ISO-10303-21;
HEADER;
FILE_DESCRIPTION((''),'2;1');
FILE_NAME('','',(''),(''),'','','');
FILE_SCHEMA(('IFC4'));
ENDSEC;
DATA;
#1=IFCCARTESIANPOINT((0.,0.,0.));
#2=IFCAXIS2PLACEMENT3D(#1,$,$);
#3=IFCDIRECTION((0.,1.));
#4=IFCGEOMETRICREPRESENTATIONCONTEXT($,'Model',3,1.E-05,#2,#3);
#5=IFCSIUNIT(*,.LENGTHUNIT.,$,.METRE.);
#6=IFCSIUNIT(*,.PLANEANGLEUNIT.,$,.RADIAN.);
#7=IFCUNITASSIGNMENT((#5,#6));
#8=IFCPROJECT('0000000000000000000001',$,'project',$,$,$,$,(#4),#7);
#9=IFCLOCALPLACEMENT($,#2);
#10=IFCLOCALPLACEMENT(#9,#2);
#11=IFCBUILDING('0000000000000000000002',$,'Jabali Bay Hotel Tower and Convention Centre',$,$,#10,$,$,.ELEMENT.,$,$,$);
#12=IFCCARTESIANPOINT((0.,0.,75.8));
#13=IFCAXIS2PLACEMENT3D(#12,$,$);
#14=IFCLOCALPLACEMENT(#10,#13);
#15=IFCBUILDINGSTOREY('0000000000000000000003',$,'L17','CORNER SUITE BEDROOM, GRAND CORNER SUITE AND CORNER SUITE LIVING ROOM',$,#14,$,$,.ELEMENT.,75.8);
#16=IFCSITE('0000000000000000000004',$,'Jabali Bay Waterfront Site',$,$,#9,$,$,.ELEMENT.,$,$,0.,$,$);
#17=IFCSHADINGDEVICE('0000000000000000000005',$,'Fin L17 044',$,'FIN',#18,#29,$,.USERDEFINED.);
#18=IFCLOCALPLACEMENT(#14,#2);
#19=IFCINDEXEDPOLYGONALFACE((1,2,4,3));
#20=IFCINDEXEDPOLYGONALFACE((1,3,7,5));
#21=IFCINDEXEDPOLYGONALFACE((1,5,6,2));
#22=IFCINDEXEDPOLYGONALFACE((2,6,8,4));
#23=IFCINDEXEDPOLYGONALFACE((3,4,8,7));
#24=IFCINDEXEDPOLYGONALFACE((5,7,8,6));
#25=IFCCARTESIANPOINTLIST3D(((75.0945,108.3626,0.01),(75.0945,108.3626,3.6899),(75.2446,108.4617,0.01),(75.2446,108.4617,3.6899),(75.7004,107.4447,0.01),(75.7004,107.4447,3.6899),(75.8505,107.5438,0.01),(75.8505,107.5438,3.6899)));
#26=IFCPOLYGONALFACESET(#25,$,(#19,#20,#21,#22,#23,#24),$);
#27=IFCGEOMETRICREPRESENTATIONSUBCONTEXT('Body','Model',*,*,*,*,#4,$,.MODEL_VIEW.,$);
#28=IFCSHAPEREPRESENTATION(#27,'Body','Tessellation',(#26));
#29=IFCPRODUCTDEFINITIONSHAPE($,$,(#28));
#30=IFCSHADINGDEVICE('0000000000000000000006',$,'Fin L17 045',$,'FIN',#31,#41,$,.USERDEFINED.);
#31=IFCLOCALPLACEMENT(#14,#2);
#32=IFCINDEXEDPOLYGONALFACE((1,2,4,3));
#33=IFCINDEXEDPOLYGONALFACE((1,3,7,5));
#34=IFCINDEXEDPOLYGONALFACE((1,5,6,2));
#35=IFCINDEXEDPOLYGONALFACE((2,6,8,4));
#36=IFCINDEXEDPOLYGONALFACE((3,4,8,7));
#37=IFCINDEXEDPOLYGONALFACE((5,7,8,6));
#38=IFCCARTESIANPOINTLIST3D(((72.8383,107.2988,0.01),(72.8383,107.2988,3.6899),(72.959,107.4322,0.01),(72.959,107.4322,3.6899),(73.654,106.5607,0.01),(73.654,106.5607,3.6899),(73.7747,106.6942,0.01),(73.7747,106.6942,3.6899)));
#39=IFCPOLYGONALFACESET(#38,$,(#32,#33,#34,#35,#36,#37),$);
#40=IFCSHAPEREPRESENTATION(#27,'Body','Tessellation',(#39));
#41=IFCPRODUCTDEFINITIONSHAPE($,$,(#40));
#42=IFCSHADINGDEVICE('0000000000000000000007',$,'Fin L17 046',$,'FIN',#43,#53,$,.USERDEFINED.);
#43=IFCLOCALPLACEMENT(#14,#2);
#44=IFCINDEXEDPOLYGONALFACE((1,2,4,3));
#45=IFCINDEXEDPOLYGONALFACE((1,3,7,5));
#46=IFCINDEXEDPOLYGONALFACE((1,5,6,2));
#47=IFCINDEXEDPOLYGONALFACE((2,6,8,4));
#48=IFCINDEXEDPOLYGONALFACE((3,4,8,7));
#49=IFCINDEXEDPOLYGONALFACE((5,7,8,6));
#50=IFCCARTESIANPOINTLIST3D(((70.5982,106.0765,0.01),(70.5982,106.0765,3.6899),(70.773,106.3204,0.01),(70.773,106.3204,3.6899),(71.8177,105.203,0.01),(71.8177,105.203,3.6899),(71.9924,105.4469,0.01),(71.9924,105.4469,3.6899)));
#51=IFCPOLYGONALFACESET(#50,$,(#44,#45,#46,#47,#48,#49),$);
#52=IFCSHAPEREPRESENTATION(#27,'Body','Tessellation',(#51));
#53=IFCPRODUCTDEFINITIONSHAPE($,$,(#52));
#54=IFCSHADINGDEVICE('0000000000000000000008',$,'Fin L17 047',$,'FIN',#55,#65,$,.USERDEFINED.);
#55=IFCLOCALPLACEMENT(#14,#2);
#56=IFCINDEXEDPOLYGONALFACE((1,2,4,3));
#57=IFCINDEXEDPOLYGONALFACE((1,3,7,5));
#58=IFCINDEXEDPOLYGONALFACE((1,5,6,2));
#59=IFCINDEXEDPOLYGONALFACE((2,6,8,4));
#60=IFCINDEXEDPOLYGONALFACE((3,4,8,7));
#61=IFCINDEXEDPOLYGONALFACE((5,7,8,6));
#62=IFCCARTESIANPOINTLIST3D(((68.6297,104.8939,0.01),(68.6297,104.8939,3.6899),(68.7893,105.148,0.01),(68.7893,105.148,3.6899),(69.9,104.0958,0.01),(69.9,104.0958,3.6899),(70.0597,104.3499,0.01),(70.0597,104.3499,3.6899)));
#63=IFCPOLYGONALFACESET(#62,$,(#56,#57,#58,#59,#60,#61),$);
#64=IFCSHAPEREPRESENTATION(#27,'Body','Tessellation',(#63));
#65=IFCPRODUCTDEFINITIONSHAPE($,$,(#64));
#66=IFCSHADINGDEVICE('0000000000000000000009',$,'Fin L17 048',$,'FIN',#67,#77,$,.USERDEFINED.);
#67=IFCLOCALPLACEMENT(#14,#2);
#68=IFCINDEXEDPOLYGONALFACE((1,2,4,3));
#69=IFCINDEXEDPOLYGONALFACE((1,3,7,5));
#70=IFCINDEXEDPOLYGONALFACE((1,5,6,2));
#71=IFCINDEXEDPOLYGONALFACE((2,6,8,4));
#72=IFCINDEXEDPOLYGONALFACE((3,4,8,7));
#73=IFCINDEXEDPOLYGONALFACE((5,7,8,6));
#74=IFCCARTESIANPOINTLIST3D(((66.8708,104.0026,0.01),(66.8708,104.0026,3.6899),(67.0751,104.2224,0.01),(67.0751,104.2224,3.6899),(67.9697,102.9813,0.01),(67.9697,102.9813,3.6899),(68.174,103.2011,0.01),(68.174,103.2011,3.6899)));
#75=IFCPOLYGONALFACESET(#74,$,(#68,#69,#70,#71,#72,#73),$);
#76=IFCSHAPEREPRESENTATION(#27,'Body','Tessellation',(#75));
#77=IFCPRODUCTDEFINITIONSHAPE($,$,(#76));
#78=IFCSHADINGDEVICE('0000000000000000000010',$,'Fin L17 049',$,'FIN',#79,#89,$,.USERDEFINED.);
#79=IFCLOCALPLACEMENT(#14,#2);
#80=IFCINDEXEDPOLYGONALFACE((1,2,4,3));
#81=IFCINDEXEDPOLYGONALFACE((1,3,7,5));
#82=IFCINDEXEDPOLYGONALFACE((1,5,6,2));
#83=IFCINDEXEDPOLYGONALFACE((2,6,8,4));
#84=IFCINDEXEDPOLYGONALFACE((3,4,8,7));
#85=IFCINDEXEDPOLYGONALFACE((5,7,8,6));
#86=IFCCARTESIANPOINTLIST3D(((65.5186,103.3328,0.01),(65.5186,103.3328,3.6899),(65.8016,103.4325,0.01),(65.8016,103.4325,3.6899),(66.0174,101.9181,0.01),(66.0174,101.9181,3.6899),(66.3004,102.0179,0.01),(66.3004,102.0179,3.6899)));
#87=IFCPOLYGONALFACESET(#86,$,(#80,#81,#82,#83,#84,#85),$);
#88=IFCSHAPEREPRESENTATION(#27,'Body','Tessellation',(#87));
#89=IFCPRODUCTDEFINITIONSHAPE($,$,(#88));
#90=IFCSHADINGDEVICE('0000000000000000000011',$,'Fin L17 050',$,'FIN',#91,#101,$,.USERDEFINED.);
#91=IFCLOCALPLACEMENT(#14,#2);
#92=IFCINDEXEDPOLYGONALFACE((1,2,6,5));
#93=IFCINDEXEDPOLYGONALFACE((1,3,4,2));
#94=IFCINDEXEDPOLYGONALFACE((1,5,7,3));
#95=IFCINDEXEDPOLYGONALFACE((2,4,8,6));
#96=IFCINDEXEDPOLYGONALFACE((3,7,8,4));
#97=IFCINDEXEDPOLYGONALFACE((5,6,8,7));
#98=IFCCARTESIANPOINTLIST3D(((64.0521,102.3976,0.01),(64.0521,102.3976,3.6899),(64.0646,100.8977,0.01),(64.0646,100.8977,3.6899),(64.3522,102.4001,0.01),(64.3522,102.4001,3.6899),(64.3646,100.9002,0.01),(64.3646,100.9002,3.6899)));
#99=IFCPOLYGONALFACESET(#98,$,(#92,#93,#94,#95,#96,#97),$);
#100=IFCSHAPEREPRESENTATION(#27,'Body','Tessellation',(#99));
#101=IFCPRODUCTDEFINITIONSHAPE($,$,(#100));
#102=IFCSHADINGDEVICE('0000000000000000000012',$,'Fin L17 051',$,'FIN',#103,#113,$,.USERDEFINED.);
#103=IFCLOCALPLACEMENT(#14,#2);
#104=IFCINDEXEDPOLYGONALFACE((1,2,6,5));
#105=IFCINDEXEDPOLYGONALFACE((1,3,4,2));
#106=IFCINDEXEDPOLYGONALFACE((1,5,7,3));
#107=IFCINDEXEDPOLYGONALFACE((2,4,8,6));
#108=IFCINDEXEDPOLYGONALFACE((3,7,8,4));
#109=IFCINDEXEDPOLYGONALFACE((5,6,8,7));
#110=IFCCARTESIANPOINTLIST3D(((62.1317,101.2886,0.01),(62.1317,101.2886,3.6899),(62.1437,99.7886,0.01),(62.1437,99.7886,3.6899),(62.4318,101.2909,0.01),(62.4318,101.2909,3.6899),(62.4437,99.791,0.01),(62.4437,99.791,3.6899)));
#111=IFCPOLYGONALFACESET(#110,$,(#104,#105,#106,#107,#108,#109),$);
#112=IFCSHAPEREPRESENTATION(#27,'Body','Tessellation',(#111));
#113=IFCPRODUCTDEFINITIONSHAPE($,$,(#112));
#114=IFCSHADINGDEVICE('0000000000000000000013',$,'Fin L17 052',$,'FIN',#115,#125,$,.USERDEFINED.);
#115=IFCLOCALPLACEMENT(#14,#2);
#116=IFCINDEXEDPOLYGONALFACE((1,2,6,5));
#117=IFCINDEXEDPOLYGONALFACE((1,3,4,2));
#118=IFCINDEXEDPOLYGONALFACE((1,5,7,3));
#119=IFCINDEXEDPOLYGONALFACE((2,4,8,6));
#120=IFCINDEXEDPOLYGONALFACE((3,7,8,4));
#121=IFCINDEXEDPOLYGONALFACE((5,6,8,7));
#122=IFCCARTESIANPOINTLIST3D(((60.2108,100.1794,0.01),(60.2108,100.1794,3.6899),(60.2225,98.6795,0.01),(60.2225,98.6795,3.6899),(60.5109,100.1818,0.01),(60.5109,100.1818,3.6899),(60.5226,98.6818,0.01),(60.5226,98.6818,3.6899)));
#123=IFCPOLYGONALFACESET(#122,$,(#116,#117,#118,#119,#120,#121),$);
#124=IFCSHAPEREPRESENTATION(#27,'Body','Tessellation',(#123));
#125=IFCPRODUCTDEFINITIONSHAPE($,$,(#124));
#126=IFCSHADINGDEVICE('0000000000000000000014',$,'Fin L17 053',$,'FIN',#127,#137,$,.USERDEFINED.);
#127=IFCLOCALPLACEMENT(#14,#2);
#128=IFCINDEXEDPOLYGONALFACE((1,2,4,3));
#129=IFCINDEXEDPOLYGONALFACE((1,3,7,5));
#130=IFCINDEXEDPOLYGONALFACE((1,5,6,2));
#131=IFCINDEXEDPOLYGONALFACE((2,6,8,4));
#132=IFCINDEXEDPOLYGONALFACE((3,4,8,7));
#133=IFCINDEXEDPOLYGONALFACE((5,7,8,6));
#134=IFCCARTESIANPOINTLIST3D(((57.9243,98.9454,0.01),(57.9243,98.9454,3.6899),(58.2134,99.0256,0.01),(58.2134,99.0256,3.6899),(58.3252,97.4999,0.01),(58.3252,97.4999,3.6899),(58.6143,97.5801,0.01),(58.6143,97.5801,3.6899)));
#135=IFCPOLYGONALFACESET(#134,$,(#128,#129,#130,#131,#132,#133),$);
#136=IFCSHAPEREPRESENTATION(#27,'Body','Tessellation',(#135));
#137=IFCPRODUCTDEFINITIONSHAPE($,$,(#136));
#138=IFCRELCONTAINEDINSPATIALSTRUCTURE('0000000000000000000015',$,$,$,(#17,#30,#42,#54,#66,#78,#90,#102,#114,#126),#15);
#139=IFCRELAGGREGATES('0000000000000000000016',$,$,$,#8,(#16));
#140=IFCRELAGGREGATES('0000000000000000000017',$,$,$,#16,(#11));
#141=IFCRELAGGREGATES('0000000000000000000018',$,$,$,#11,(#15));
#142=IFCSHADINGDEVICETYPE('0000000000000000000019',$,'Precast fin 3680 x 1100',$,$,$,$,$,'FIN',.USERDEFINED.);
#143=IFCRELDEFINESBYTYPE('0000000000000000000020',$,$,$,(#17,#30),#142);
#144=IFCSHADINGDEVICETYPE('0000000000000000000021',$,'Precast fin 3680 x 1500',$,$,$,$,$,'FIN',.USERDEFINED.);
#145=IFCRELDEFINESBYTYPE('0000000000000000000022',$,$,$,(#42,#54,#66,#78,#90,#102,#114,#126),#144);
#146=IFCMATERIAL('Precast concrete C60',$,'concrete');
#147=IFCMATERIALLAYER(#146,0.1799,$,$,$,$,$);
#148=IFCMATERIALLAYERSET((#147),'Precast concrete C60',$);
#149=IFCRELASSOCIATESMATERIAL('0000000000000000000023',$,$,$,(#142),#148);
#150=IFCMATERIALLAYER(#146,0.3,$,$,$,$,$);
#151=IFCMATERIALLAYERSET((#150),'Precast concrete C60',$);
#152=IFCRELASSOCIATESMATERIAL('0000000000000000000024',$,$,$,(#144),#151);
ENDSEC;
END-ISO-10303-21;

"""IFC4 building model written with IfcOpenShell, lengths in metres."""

from ifc_helpers import new_model, si_unit, direction, frame, frame_2d, origin, place, context, subcontext, project, spatial, rectangle, extrude, material, layer, layer_set, type_object, element, save


model = new_model("IFC4")

# Units and contexts
model_context = context("Model", 3, precision=1e-05, world=origin(), true_north=direction((0.0, 1.0)))
body_context = subcontext(model_context, "Body", "Model", "MODEL_VIEW")
ifc_project = project(units=[si_unit("LENGTHUNIT", "METRE"), si_unit("PLANEANGLEUNIT", "RADIAN")], contexts=[model_context])

# Site, building, storey
site_placement = place(None, origin())
site = spatial("IfcSite", under=ifc_project, at=site_placement, Name="Jabali Bay Waterfront Site", CompositionType="ELEMENT", RefElevation=0.0)
building_placement = place(site_placement, origin())
building = spatial("IfcBuilding", under=site, at=building_placement, Name="Jabali Bay Hotel Tower and Convention Centre", CompositionType="ELEMENT")
storey_placement = place(building_placement, frame((0.0, 0.0, 75.8)))
storey = spatial("IfcBuildingStorey", under=building, at=storey_placement, Name="L17", Description="CORNER SUITE BEDROOM, GRAND CORNER SUITE AND CORNER SUITE LIVING ROOM", CompositionType="ELEMENT", Elevation=75.8)

# Shading devices
ifc_material_1 = material(Name="Precast concrete C60", Category="concrete")
ifc_layer_1 = layer(ifc_material_1, 0.1799)
ifc_layer_set_1 = layer_set([ifc_layer_1], Name="Precast concrete C60")
shading_device_type_1 = type_object("IfcShadingDeviceType", Name="Precast fin 3680 x 1100", ElementType="FIN", PredefinedType="USERDEFINED", material=ifc_layer_set_1)
for number, where, z_axis, x_axis, name in (
    (1, (75.7754, 107.4944, 0.01), (0.0, 0.0, 1.0), (-0.550904, 0.834569, 0.0), "Fin L17 044"),
):
    element("IfcShadingDevice", number, at=place(storey_placement, frame(where, z_axis=z_axis, x_axis=x_axis)), inside=storey, type_object=shading_device_type_1, Name=name, ObjectType="FIN", PredefinedType="USERDEFINED", context=body_context, shape_type="SweptSolid", body=[
        extrude(rectangle(XDim=1.0999, YDim=0.1799, at=frame_2d((0.5498, 0.0))), origin(), (0.0, 0.0, 1.0), 3.6799),
    ])
shading_device_1_placement = place(storey_placement, frame((73.7144, 106.6274, 0.01), z_axis=(0.0, 0.0, 1.0), x_axis=(-0.741515, 0.670937, 0.0)))
element("IfcShadingDevice", 2, at=shading_device_1_placement, inside=storey, type_object=shading_device_type_1, Name="Fin L17 045", ObjectType="FIN", PredefinedType="USERDEFINED", context=body_context, shape_type="SweptSolid", body=[
    extrude(rectangle(XDim=1.1001, YDim=0.1799, at=frame_2d((0.55, 0.0))), origin(), (0.0, 0.0, 1.0), 3.6799),
])
ifc_layer_2 = layer(ifc_material_1, 0.3)
ifc_layer_set_2 = layer_set([ifc_layer_2], Name="Precast concrete C60")
shading_device_type_2 = type_object("IfcShadingDeviceType", Name="Precast fin 3680 x 1500", ElementType="FIN", PredefinedType="USERDEFINED", material=ifc_layer_set_2)
shading_device_2_placement = place(storey_placement, frame((71.905, 105.325, 0.01), z_axis=(0.0, 0.0, 1.0), x_axis=(-0.812952, 0.582331, 0.0)))
element("IfcShadingDevice", 3, at=shading_device_2_placement, inside=storey, type_object=shading_device_type_2, Name="Fin L17 046", ObjectType="FIN", PredefinedType="USERDEFINED", context=body_context, shape_type="SweptSolid", body=[
    extrude(rectangle(XDim=1.5, YDim=0.3, at=frame_2d((0.75, 0.0))), origin(), (0.0, 0.0, 1.0), 3.6799),
])
for number, where, z_axis, x_axis, name in (
    (4, (69.9797, 104.2229, 0.01), (0.0, 0.0, 1.0), (-0.846743, 0.532002, 0.0), "Fin L17 047"),
    (5, (68.0718, 103.0913, 0.01), (0.0, 0.0, 1.0), (-0.732509, 0.680757, 0.0), "Fin L17 048"),
):
    element("IfcShadingDevice", number, at=place(storey_placement, frame(where, z_axis=z_axis, x_axis=x_axis)), inside=storey, type_object=shading_device_type_2, Name=name, ObjectType="FIN", PredefinedType="USERDEFINED", context=body_context, shape_type="SweptSolid", body=[
        extrude(rectangle(XDim=1.5002, YDim=0.3, at=frame_2d((0.75, 0.0))), origin(), (0.0, 0.0, 1.0), 3.6799),
    ])
for number, where, z_axis, x_axis, name in (
    (6, (66.1589, 101.968, 0.01), (0.0, 0.0, 1.0), (-0.332539, 0.943089, 0.0), "Fin L17 049"),
    (7, (64.2146, 100.8989, 0.01), (0.0, 0.0, 1.0), (-0.0083, 0.999966, 0.0), "Fin L17 050"),
    (8, (62.2937, 99.7898, 0.01), (0.0, 0.0, 1.0), (-0.007975, 0.999968, 0.0), "Fin L17 051"),
    (9, (60.3726, 98.6807, 0.01), (0.0, 0.0, 1.0), (-0.007812, 0.999969, 0.0), "Fin L17 052"),
    (10, (58.4697, 97.54, 0.01), (0.0, 0.0, 1.0), (-0.267233, 0.963632, 0.0), "Fin L17 053"),
):
    element("IfcShadingDevice", number, at=place(storey_placement, frame(where, z_axis=z_axis, x_axis=x_axis)), inside=storey, type_object=shading_device_type_2, Name=name, ObjectType="FIN", PredefinedType="USERDEFINED", context=body_context, shape_type="SweptSolid", body=[
        extrude(rectangle(XDim=1.5, YDim=0.3, at=frame_2d((0.75, 0.0))), origin(), (0.0, 0.0, 1.0), 3.6799),
    ])

save(model, "model.ifc")
